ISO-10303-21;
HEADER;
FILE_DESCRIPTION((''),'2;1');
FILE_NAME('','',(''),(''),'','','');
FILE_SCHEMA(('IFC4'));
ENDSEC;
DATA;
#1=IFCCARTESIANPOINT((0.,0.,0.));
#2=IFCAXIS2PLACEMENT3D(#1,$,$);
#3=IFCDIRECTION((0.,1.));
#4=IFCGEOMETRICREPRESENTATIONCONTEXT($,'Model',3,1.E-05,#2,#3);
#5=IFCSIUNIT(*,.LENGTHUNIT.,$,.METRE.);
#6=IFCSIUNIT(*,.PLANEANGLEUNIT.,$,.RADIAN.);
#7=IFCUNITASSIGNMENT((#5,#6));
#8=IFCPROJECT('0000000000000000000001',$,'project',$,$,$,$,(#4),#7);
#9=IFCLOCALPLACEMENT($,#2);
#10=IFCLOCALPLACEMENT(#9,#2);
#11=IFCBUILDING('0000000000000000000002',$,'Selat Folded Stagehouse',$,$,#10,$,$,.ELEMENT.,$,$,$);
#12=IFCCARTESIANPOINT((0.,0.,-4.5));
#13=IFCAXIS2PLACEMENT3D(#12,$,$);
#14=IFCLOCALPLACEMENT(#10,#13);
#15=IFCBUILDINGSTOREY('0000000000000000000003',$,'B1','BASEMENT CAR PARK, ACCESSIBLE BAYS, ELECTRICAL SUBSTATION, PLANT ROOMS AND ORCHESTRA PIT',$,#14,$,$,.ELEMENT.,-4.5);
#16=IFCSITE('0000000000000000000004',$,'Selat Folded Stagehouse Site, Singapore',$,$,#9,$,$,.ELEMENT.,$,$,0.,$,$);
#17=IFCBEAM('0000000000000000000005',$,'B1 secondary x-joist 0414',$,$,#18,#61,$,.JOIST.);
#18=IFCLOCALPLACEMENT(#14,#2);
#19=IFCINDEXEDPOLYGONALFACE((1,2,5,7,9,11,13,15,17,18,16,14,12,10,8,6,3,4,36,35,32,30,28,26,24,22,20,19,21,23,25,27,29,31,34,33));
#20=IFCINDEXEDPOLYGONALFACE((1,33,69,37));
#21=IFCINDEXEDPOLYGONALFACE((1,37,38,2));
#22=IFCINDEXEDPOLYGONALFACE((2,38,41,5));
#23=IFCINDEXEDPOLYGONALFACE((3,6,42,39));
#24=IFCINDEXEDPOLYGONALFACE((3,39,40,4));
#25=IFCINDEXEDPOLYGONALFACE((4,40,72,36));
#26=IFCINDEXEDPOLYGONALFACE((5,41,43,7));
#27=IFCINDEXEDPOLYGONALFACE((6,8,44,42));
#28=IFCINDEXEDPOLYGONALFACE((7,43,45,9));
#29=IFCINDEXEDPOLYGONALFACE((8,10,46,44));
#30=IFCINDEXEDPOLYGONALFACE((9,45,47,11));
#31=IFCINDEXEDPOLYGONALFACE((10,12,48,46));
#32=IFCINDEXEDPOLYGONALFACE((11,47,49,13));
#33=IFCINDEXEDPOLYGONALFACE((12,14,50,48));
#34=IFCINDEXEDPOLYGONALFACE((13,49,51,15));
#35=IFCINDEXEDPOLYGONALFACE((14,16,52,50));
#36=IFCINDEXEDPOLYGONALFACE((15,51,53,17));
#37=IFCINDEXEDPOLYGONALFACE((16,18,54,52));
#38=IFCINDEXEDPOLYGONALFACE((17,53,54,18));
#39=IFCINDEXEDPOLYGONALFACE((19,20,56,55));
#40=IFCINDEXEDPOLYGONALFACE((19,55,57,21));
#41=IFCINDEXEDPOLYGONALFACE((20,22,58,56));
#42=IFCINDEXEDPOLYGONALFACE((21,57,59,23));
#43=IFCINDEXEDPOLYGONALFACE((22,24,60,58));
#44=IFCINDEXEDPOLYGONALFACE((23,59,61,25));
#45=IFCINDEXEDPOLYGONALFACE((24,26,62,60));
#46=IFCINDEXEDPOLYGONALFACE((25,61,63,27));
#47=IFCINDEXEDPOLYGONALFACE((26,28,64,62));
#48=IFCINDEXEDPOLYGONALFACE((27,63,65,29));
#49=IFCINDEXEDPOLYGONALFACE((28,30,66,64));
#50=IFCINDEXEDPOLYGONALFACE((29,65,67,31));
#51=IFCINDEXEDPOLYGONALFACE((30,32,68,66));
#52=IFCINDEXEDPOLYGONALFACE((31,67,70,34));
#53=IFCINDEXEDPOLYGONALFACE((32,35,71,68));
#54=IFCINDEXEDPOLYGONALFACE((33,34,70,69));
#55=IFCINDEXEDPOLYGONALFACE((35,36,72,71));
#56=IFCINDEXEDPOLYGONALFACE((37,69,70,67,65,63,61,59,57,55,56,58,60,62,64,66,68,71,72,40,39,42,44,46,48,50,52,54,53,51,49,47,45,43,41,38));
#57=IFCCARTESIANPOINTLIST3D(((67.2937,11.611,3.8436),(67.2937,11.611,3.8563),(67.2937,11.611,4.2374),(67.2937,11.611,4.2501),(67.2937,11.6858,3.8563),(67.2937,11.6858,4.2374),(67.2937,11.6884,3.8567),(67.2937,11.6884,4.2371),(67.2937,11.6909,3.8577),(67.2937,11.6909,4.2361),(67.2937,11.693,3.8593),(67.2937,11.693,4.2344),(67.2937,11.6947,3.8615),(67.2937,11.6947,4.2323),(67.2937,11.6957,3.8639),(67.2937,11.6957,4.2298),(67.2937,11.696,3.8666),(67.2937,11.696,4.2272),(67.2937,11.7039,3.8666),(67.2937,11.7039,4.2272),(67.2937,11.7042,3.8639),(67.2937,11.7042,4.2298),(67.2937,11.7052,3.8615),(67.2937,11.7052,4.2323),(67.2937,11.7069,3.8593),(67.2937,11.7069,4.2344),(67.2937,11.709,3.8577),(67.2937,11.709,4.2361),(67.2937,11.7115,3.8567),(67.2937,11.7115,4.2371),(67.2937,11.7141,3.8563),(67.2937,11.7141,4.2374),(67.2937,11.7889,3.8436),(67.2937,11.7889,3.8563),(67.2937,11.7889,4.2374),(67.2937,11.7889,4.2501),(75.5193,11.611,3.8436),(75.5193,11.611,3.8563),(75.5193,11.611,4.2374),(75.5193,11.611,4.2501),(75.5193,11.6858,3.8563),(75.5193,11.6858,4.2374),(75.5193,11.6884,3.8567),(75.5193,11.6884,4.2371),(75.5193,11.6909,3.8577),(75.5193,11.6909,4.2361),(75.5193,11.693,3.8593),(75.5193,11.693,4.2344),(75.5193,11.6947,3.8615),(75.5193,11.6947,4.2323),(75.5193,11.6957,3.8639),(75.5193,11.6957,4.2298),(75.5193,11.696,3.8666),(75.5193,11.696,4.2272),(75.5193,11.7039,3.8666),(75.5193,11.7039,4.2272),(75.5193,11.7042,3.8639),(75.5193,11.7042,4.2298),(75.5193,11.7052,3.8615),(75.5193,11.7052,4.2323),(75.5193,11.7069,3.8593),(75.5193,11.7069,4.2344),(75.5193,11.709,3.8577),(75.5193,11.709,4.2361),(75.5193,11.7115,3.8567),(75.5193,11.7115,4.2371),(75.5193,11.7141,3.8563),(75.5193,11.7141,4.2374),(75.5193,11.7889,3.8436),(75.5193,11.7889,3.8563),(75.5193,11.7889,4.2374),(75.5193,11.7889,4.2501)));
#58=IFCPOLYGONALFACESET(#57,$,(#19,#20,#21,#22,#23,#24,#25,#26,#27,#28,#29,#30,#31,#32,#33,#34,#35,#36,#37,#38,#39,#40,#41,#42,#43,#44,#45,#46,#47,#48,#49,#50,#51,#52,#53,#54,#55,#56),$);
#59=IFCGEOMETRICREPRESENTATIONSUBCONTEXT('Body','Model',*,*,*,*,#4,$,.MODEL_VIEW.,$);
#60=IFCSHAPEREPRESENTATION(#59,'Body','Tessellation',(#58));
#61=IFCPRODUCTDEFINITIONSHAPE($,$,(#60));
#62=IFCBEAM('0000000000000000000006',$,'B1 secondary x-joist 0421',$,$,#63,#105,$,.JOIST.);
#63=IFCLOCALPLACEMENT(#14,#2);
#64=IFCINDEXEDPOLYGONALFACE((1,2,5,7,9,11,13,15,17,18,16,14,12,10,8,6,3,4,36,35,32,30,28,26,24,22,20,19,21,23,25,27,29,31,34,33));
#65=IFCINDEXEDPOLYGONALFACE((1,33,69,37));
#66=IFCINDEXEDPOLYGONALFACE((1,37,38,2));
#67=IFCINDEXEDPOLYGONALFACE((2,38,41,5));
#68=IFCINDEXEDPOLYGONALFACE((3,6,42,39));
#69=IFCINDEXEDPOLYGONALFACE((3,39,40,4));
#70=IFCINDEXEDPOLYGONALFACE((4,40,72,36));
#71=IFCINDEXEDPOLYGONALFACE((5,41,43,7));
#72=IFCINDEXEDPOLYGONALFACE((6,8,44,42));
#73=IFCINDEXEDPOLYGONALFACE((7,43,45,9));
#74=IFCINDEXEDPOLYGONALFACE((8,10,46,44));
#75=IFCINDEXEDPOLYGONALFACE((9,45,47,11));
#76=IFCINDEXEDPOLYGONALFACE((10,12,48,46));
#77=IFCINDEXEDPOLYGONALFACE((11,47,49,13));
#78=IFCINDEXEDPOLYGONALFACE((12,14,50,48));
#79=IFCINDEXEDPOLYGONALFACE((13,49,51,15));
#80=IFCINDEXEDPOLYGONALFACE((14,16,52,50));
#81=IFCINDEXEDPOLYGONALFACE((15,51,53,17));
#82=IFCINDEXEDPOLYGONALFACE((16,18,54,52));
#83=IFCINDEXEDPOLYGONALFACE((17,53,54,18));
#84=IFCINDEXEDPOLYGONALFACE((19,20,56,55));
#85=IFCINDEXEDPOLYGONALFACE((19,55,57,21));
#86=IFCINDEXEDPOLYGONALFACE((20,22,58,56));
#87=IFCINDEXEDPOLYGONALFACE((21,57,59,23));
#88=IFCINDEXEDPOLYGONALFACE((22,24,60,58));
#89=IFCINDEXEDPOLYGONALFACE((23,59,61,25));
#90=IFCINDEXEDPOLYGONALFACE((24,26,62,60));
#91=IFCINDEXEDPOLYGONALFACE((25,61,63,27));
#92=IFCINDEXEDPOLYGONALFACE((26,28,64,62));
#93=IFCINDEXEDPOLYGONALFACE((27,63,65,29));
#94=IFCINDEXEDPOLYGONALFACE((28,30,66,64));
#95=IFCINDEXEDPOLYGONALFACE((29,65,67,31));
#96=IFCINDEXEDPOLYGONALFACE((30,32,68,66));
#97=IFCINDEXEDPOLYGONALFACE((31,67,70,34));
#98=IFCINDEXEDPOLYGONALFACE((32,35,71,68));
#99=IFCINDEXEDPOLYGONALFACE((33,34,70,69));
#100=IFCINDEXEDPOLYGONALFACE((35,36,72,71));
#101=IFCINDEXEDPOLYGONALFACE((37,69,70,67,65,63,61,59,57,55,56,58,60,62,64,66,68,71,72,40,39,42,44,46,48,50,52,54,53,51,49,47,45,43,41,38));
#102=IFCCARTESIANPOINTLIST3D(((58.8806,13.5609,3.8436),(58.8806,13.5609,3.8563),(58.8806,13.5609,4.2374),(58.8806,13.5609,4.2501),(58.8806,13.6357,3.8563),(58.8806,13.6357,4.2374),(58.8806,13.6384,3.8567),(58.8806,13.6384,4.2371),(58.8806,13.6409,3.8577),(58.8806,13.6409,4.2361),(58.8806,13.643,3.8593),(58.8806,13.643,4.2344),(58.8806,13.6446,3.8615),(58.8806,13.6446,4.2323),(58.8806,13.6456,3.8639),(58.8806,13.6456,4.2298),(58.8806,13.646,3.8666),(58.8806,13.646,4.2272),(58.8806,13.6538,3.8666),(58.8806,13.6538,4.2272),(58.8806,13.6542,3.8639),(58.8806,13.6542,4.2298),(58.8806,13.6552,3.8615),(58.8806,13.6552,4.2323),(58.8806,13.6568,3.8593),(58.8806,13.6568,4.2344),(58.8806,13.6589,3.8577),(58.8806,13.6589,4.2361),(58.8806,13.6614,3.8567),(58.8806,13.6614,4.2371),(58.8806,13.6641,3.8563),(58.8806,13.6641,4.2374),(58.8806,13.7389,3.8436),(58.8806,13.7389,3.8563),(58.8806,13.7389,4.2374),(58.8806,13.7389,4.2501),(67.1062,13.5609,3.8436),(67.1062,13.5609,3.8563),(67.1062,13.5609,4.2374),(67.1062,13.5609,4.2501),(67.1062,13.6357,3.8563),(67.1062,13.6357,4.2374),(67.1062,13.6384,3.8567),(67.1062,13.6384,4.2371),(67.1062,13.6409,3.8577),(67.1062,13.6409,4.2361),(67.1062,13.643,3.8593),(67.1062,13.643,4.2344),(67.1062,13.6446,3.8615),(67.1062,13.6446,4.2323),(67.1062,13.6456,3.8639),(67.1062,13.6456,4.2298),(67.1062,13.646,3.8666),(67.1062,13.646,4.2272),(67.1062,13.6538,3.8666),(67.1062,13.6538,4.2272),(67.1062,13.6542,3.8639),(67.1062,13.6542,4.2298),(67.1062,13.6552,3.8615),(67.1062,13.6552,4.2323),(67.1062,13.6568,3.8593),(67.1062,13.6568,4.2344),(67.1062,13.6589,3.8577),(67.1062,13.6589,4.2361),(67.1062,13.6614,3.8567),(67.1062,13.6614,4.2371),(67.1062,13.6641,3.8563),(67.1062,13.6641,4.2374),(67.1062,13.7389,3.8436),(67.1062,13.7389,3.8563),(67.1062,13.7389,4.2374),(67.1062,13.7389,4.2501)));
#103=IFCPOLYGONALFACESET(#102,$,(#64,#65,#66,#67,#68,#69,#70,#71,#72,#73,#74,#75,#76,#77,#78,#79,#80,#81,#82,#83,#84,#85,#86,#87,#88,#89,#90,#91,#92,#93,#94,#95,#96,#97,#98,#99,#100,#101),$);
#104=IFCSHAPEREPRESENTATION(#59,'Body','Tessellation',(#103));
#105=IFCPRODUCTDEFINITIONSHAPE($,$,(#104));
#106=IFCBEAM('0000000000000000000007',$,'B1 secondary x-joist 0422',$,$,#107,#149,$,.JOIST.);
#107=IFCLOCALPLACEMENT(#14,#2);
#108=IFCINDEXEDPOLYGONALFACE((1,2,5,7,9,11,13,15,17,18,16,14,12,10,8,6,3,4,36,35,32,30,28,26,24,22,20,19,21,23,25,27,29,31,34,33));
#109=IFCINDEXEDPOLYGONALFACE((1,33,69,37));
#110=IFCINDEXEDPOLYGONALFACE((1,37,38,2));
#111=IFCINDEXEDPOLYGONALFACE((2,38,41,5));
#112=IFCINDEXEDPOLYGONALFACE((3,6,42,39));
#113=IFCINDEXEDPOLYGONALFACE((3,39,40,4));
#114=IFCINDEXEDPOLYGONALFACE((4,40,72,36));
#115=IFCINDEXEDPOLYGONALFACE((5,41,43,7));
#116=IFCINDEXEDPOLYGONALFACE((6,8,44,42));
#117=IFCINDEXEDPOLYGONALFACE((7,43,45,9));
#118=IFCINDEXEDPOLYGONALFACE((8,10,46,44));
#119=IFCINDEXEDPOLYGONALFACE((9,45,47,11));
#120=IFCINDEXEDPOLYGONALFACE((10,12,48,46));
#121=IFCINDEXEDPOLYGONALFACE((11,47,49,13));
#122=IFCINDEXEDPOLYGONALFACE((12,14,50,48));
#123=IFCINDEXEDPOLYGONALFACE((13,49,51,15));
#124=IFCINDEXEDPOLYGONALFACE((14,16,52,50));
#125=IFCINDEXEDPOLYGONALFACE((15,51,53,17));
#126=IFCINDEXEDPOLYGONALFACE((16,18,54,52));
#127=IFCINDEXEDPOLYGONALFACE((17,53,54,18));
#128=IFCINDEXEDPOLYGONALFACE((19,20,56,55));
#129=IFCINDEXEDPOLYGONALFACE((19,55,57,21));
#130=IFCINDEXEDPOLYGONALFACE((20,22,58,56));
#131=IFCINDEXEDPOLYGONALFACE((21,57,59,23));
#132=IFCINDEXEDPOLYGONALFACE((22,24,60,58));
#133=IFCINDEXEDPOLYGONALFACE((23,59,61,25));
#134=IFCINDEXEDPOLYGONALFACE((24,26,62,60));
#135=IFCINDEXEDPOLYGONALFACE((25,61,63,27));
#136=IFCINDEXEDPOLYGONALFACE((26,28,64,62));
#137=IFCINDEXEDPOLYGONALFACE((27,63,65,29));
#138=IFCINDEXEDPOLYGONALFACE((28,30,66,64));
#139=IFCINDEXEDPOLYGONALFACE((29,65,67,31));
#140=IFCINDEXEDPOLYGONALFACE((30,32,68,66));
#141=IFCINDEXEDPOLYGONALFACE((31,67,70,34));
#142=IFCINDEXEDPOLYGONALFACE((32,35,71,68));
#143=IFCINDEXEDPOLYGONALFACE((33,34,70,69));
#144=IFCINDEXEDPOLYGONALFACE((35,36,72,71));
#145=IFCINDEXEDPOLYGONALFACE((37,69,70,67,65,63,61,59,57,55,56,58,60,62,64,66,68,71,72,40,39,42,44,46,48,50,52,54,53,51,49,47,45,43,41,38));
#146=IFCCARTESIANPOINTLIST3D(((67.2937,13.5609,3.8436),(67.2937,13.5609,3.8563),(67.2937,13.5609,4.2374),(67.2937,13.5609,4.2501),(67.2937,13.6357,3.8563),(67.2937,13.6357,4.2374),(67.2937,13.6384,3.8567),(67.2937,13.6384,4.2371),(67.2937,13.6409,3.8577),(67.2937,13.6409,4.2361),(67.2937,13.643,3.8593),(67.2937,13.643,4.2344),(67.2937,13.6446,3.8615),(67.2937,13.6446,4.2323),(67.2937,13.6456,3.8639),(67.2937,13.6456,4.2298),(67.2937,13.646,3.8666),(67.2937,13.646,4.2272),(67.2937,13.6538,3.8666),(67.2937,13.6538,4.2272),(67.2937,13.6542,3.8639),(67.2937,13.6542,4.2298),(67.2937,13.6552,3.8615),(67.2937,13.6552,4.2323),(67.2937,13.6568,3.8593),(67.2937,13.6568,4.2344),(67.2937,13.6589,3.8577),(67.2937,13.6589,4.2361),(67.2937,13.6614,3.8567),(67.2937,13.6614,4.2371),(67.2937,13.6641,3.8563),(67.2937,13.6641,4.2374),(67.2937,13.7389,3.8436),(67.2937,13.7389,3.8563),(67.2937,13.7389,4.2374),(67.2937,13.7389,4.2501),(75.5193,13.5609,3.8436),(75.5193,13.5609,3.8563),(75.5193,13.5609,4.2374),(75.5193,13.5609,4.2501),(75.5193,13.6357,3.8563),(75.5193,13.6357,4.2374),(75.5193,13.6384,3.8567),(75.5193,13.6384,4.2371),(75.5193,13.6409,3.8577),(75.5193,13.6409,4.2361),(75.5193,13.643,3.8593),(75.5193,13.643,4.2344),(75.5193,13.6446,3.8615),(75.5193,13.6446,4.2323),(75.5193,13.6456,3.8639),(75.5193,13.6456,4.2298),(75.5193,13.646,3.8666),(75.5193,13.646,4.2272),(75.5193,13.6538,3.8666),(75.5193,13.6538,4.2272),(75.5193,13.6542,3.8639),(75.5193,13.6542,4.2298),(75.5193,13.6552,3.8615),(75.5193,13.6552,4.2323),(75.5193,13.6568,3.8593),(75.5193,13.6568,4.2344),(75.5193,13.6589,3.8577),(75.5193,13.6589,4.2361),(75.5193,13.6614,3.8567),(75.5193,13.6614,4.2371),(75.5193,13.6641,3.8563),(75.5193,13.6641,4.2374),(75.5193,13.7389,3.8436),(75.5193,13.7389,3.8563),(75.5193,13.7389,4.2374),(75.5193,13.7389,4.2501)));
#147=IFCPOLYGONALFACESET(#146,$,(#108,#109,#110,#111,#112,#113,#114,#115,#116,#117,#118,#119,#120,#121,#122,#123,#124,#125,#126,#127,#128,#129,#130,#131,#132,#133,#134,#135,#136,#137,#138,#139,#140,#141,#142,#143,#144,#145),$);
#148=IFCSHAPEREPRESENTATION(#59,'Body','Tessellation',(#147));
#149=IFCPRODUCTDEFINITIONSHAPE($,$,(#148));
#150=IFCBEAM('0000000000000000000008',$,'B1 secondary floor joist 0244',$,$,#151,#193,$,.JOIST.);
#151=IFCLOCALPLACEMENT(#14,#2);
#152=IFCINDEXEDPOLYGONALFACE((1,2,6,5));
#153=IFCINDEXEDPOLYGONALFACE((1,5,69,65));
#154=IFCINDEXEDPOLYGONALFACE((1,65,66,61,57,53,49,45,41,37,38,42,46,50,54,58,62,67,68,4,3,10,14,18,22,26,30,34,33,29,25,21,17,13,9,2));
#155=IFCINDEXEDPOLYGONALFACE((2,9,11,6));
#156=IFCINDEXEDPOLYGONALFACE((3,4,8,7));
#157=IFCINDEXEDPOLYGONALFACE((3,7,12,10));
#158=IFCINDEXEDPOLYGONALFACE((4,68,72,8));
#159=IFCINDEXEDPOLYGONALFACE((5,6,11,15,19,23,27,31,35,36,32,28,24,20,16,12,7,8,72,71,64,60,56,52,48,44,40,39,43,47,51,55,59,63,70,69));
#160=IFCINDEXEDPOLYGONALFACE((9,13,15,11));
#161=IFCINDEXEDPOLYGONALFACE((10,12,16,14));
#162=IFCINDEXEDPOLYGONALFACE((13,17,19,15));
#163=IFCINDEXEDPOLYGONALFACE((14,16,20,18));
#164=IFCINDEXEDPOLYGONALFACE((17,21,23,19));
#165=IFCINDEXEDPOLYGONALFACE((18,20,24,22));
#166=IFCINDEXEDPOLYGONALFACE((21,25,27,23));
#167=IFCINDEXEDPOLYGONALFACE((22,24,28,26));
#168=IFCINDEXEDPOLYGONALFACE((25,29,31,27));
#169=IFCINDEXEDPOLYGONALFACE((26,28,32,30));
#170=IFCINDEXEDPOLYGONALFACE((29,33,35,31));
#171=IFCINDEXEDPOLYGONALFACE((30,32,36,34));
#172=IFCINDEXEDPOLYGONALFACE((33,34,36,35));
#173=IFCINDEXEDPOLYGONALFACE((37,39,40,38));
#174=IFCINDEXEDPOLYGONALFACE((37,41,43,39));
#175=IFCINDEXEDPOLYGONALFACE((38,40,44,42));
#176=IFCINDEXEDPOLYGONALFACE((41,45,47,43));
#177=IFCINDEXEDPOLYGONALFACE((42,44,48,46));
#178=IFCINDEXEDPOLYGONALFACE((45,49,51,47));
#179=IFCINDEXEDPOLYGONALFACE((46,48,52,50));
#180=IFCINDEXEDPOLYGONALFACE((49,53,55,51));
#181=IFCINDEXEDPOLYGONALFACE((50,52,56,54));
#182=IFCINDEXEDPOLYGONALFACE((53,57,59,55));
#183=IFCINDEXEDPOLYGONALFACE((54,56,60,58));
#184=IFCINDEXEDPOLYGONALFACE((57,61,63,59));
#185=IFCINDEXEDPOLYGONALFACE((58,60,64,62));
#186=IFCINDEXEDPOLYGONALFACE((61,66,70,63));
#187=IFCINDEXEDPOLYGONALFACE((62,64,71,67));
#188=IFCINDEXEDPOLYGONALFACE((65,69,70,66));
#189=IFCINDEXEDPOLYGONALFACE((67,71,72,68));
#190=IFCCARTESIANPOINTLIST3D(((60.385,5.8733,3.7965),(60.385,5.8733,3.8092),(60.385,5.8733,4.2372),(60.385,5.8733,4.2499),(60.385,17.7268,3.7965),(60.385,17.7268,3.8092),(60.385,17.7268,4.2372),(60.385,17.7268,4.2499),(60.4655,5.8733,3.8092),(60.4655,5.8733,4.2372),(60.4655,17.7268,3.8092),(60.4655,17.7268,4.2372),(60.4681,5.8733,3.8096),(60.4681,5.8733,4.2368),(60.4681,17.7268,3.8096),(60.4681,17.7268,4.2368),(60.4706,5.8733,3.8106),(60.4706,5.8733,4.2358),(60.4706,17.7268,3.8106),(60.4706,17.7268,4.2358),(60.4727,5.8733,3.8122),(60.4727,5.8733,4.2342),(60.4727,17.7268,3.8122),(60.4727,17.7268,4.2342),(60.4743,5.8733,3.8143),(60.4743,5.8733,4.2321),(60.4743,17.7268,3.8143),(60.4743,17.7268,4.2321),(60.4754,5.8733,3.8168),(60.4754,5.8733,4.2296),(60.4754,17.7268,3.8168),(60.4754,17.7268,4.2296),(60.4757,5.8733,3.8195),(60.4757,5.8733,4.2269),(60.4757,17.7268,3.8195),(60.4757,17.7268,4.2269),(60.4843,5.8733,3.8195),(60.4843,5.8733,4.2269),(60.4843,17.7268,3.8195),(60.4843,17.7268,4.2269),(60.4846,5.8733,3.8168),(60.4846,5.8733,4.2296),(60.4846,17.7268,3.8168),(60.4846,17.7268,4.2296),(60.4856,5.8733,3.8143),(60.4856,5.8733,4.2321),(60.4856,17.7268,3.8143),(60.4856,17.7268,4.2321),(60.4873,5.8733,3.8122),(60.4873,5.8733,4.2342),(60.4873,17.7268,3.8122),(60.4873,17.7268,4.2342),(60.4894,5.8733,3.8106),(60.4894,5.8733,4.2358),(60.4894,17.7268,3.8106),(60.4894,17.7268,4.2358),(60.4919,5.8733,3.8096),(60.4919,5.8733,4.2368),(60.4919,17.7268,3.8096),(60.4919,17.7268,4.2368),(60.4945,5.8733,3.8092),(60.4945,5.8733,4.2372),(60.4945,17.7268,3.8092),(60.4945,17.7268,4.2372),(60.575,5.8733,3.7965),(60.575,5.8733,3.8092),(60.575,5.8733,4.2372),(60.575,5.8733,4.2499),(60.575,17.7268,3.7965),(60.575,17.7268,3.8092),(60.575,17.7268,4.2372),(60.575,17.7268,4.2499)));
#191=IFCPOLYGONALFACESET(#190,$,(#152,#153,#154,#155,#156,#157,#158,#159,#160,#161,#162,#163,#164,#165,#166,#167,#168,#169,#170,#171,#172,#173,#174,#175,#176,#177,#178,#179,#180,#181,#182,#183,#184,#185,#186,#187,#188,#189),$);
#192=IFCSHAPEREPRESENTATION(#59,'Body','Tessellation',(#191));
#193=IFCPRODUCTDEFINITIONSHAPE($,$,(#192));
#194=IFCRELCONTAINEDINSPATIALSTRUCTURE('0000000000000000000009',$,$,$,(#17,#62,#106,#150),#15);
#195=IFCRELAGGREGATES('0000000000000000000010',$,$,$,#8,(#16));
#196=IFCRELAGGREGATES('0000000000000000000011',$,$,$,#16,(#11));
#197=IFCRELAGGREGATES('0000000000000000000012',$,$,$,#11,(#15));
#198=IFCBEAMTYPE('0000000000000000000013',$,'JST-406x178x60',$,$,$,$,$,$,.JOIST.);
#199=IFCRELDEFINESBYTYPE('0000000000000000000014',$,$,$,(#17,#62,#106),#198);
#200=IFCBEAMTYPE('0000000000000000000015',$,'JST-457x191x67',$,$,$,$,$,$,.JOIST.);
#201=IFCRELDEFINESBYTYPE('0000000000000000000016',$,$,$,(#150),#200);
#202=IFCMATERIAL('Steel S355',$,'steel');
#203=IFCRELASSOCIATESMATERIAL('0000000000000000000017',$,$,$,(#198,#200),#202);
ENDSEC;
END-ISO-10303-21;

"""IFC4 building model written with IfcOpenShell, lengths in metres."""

from ifc_helpers import new_model, si_unit, direction, frame, origin, origin_2d, place, context, subcontext, project, spatial, i_section, extrude, material, material_profile, profile_set, type_object, element, save


model = new_model("IFC4")

# Units and contexts
model_context = context("Model", 3, precision=1e-05, world=origin(), true_north=direction((0.0, 1.0)))
body_context = subcontext(model_context, "Body", "Model", "MODEL_VIEW")
ifc_project = project(units=[si_unit("LENGTHUNIT", "METRE"), si_unit("PLANEANGLEUNIT", "RADIAN")], contexts=[model_context])

# Site, building, storey
site_placement = place(None, origin())
site = spatial("IfcSite", under=ifc_project, at=site_placement, Name="Selat Folded Stagehouse Site, Singapore", CompositionType="ELEMENT", RefElevation=0.0)
building_placement = place(site_placement, origin())
building = spatial("IfcBuilding", under=site, at=building_placement, Name="Selat Folded Stagehouse", CompositionType="ELEMENT")
storey_placement = place(building_placement, frame((0.0, 0.0, -4.5)))
storey = spatial("IfcBuildingStorey", under=building, at=storey_placement, Name="B1", Description="BASEMENT CAR PARK, ACCESSIBLE BAYS, ELECTRICAL SUBSTATION, PLANT ROOMS AND ORCHESTRA PIT", CompositionType="ELEMENT", Elevation=-4.5)

# Shared definitions
ifc_material_1 = material(Name="Steel S355", Category="steel")

# Beams
ifc_material_profile_1 = material_profile(ifc_material_1, i_section(OverallWidth=0.178, OverallDepth=0.4065, WebThickness=0.0078, FlangeThickness=0.0127, FilletRadius=0.0103, at=origin_2d()), Name="UKB 406x178x60")
ifc_profile_set_1 = profile_set([ifc_material_profile_1], Name="Steel S355")
beam_type_1 = type_object("IfcBeamType", Name="JST-406x178x60", PredefinedType="JOIST", material=ifc_profile_set_1)
for number, where, z_axis, x_axis, name in (
    (1, (67.2937, 11.7, 4.0469), (1.0, 0.0, 0.0), (0.0, 1.0, 0.0), "B1 secondary x-joist 0414"),
    (2, (58.8806, 13.6499, 4.0469), (1.0, 0.0, 0.0), (0.0, 1.0, 0.0), "B1 secondary x-joist 0421"),
    (3, (67.2937, 13.6499, 4.0469), (1.0, 0.0, 0.0), (0.0, 1.0, 0.0), "B1 secondary x-joist 0422"),
):
    element("IfcBeam", number, at=place(storey_placement, frame(where, z_axis=z_axis, x_axis=x_axis)), inside=storey, type_object=beam_type_1, Name=name, PredefinedType="JOIST", context=body_context, shape_type="SweptSolid", body=[
        extrude(i_section(OverallWidth=0.178, OverallDepth=0.4065, WebThickness=0.0078, FlangeThickness=0.0127, FilletRadius=0.0103, at=origin_2d()), origin(), (0.0, 0.0, 1.0), 8.2256),
    ])
ifc_material_profile_2 = material_profile(ifc_material_1, i_section(OverallWidth=0.1899, OverallDepth=0.4534, WebThickness=0.0085, FlangeThickness=0.0127, FilletRadius=0.0103, at=origin_2d()), Name="UKB 457x191x67")
ifc_profile_set_2 = profile_set([ifc_material_profile_2], Name="Steel S355")
beam_type_2 = type_object("IfcBeamType", Name="JST-457x191x67", PredefinedType="JOIST", material=ifc_profile_set_2)
for number, where, z_axis, x_axis, name in (
    (4, (60.48, 5.8733, 4.0232), (0.0, 1.0, 0.0), (-1.0, 0.0, 0.0), "B1 secondary floor joist 0244"),
):
    element("IfcBeam", number, at=place(storey_placement, frame(where, z_axis=z_axis, x_axis=x_axis)), inside=storey, type_object=beam_type_2, Name=name, PredefinedType="JOIST", context=body_context, shape_type="SweptSolid", body=[
        extrude(i_section(OverallWidth=0.1899, OverallDepth=0.4534, WebThickness=0.0085, FlangeThickness=0.0127, FilletRadius=0.0103, at=origin_2d()), origin(), (0.0, 0.0, 1.0), 11.8535),
    ])

save(model, "model.ifc")
